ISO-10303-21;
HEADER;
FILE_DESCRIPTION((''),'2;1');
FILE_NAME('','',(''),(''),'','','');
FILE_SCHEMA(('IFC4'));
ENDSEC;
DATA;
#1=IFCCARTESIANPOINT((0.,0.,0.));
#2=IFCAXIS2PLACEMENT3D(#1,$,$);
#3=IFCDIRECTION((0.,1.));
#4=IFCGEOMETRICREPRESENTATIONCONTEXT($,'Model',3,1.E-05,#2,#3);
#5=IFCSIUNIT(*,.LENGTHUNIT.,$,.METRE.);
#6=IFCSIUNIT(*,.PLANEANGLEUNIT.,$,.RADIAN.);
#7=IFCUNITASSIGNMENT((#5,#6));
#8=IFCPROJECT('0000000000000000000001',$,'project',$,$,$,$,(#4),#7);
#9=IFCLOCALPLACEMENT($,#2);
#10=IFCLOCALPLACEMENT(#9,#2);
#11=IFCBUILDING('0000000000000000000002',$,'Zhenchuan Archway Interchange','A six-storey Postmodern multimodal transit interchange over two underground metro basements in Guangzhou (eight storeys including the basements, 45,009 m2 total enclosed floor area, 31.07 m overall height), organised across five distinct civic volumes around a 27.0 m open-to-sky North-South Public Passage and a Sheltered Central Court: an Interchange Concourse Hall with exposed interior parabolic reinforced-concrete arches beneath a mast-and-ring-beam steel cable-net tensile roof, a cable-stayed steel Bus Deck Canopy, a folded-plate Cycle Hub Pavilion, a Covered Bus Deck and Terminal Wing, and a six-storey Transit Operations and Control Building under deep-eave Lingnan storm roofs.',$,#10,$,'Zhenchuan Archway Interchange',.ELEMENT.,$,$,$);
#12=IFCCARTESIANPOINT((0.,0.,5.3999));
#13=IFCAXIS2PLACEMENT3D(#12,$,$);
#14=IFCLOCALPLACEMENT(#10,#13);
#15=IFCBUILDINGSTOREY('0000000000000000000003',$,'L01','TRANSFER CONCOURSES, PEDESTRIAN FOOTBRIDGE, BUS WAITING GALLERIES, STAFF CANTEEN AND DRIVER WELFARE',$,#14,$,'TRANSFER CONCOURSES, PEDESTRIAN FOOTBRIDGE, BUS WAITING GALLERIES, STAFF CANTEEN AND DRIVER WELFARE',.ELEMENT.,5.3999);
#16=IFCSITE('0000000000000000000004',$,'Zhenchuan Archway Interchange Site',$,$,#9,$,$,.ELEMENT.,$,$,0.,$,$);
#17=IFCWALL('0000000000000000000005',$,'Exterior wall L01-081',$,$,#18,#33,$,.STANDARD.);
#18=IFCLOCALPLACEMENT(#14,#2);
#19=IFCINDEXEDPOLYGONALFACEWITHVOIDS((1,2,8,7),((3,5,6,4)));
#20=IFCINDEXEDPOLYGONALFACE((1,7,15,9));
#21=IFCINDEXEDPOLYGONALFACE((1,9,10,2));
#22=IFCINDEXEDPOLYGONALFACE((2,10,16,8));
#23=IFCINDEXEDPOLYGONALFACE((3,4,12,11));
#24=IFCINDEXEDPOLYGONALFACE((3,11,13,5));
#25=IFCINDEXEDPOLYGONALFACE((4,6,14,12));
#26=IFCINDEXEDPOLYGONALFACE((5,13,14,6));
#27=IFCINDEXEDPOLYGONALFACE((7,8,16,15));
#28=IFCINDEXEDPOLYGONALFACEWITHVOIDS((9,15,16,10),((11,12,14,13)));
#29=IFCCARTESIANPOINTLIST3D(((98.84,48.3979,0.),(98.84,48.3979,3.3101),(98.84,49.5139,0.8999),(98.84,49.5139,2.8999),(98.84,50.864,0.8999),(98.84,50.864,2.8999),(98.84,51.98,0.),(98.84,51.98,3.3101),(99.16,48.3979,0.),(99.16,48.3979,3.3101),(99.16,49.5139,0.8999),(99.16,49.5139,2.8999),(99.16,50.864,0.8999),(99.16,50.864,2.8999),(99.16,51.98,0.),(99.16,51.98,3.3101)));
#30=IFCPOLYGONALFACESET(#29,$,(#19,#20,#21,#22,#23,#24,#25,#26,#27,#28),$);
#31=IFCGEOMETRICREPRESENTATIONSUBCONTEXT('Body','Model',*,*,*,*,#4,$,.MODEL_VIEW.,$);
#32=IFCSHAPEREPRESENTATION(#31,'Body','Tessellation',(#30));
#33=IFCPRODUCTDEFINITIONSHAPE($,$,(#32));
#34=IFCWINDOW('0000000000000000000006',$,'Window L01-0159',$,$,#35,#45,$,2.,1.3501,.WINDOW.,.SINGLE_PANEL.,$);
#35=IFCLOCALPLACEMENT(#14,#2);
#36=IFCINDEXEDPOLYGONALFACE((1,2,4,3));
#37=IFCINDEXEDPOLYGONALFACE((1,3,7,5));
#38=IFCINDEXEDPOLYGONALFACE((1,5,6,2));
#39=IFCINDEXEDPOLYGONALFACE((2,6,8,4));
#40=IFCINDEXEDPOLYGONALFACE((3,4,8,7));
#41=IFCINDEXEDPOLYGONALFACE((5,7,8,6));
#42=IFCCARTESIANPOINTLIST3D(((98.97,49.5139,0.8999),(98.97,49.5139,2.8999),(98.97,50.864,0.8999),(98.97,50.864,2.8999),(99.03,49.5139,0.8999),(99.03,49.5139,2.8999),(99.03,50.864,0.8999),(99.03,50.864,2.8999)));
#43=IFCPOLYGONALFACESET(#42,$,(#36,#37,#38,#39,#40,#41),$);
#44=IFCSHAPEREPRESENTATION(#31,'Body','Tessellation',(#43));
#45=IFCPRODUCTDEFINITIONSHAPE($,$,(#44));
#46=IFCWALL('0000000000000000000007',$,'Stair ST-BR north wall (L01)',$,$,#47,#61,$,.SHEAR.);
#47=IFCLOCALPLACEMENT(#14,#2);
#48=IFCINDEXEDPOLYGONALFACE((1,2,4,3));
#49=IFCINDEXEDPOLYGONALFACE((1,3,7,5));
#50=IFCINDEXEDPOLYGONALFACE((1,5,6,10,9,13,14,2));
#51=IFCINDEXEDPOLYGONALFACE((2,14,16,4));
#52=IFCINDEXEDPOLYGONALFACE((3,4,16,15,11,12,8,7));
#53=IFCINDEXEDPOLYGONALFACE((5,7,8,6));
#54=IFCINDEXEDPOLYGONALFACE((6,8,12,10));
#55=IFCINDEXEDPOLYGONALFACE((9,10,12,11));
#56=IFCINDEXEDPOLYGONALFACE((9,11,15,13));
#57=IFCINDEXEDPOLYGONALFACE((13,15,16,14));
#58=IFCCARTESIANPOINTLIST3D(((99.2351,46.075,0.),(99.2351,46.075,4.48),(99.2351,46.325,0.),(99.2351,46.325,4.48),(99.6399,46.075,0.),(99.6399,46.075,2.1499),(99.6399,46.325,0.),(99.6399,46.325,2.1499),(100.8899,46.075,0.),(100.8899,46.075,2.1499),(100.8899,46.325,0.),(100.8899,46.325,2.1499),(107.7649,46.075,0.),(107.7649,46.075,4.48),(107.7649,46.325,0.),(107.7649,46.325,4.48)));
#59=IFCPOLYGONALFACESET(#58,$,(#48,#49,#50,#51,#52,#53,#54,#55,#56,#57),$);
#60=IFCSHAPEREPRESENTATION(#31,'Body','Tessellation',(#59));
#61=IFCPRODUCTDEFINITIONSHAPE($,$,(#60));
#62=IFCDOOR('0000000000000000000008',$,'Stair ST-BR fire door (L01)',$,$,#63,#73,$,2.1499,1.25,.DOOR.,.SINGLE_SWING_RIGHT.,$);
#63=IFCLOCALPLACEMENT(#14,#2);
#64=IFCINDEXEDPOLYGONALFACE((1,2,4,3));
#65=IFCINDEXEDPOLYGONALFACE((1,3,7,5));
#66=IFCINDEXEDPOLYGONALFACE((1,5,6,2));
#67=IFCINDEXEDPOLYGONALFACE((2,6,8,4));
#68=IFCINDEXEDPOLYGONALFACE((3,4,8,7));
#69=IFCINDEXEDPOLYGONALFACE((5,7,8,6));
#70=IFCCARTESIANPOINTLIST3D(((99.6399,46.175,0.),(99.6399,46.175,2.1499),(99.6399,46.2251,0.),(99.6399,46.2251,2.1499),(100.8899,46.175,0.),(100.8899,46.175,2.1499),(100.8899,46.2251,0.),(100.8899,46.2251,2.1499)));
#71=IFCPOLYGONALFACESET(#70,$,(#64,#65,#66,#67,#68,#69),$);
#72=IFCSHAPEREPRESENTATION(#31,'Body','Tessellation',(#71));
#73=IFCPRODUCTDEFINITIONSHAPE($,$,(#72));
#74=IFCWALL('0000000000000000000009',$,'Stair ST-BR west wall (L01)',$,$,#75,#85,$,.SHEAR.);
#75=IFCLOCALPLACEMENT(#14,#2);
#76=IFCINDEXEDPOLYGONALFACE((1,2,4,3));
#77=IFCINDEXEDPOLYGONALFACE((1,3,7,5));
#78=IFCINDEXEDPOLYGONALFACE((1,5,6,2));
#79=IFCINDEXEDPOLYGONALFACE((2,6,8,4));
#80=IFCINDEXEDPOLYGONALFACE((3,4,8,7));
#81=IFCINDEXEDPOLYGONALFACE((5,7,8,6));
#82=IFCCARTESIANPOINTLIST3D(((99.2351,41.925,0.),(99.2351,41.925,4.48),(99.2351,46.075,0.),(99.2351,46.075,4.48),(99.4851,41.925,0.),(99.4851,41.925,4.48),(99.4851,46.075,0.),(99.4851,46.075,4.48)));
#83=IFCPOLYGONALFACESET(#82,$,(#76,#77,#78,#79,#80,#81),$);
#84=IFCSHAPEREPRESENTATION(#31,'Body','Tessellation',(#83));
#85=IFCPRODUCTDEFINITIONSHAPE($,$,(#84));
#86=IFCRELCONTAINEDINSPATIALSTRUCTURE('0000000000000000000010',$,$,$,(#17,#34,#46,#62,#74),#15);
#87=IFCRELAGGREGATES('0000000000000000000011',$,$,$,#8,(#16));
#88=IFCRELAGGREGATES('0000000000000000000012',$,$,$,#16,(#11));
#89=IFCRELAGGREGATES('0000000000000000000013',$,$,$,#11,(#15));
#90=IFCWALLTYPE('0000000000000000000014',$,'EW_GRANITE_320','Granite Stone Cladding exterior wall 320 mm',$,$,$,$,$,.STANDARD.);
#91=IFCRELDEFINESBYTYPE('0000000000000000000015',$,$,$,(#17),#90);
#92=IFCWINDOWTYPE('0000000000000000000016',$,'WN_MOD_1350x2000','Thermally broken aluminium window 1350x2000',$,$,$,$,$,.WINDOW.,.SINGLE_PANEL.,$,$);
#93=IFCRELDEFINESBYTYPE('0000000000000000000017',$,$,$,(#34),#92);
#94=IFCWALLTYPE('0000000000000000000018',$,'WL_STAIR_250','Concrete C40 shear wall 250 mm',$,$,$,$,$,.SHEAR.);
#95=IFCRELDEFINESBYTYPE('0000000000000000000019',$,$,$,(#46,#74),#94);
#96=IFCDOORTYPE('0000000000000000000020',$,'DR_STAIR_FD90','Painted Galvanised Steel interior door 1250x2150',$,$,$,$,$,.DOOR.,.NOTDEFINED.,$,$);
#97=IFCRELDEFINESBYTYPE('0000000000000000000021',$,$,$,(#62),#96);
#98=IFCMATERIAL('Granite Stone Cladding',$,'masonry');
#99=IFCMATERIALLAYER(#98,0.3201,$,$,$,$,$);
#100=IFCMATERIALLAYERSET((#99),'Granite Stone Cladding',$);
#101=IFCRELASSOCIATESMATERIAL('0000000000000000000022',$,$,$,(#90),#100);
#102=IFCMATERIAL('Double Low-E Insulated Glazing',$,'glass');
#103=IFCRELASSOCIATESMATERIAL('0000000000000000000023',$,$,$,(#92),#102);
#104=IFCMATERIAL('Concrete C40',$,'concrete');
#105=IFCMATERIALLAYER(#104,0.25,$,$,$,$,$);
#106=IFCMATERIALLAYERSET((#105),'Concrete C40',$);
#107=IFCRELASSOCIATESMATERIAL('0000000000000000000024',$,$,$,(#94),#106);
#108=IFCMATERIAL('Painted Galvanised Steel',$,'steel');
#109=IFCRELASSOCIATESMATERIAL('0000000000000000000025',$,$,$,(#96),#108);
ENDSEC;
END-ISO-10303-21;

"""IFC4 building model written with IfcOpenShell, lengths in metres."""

from ifc_helpers import new_model, si_unit, direction, frame, frame_2d, origin, place, context, subcontext, project, spatial, rectangle, extrude, material, layer, layer_set, type_object, element, fill, save


model = new_model("IFC4")

# Units and contexts
model_context = context("Model", 3, precision=1e-05, world=origin(), true_north=direction((0.0, 1.0)))
body_context = subcontext(model_context, "Body", "Model", "MODEL_VIEW")
ifc_project = project(units=[si_unit("LENGTHUNIT", "METRE"), si_unit("PLANEANGLEUNIT", "RADIAN")], contexts=[model_context])

# Site, building, storey
site_placement = place(None, origin())
site = spatial("IfcSite", under=ifc_project, at=site_placement, Name="Zhenchuan Archway Interchange Site", CompositionType="ELEMENT", RefElevation=0.0)
building_placement = place(site_placement, origin())
building = spatial("IfcBuilding", under=site, at=building_placement, Name="Zhenchuan Archway Interchange", Description="A six-storey Postmodern multimodal transit interchange over two underground metro basements in Guangzhou (eight storeys including the basements, 45,009 m2 total enclosed floor area, 31.07 m overall height), organised across five distinct civic volumes around a 27.0 m open-to-sky North-South Public Passage and a Sheltered Central Court: an Interchange Concourse Hall with exposed interior parabolic reinforced-concrete arches beneath a mast-and-ring-beam steel cable-net tensile roof, a cable-stayed steel Bus Deck Canopy, a folded-plate Cycle Hub Pavilion, a Covered Bus Deck and Terminal Wing, and a six-storey Transit Operations and Control Building under deep-eave Lingnan storm roofs.", LongName="Zhenchuan Archway Interchange", CompositionType="ELEMENT")
storey_placement = place(building_placement, frame((0.0, 0.0, 5.3999)))
storey = spatial("IfcBuildingStorey", under=building, at=storey_placement, Name="L01", Description="TRANSFER CONCOURSES, PEDESTRIAN FOOTBRIDGE, BUS WAITING GALLERIES, STAFF CANTEEN AND DRIVER WELFARE", LongName="TRANSFER CONCOURSES, PEDESTRIAN FOOTBRIDGE, BUS WAITING GALLERIES, STAFF CANTEEN AND DRIVER WELFARE", CompositionType="ELEMENT", Elevation=5.3999)

# Shared definitions
ifc_material_1 = material(Name="Concrete C40", Category="concrete")

# Shared definitions
ifc_material_2 = material(Name="Double Low-E Insulated Glazing", Category="glass")

# Wall, opening, window
ifc_material_3 = material(Name="Granite Stone Cladding", Category="masonry")
ifc_layer_1 = layer(ifc_material_3, 0.3201)
ifc_layer_set_1 = layer_set([ifc_layer_1], Name="Granite Stone Cladding")
wall_type_1 = type_object("IfcWallType", Name="EW_GRANITE_320", Description="Granite Stone Cladding exterior wall 320 mm", PredefinedType="STANDARD", material=ifc_layer_set_1)
wall_1_placement = place(storey_placement, frame((99.0, 48.3979, 0.0), z_axis=(0.0, 0.0, 1.0), x_axis=(0.0, 1.0, 0.0)))
wall_1 = element("IfcWall", 1, at=wall_1_placement, inside=storey, type_object=wall_type_1, Name="Exterior wall L01-081", PredefinedType="STANDARD", context=body_context, shape_type="SweptSolid", body=[
    extrude(rectangle(XDim=3.582, YDim=0.3201, at=frame_2d((1.791, 0.0))), origin(), (0.0, 0.0, 1.0), 3.3101),
])
opening_1_placement = place(wall_1_placement, frame((1.116, 0.0, 0.8999)))
opening_1 = element("IfcOpeningElement", 2, at=opening_1_placement, cuts=wall_1, PredefinedType="OPENING", context=body_context, shape_type="SweptSolid", body=[
    extrude(rectangle(XDim=1.3501, YDim=2.0, at=frame_2d((0.675, 1.0))), frame((0.0, 0.1719, 0.0), z_axis=(0.0, -1.0, 0.0), x_axis=(1.0, 0.0, 0.0)), (0.0, 0.0, 1.0), 0.344),
])
window_type = type_object("IfcWindowType", Name="WN_MOD_1350x2000", Description="Thermally broken aluminium window 1350x2000", PartitioningType="SINGLE_PANEL", PredefinedType="WINDOW", material=ifc_material_2)
window_placement = place(opening_1_placement, origin())
window = element("IfcWindow", 3, at=window_placement, inside=storey, type_object=window_type, Name="Window L01-0159", OverallHeight=2.0, OverallWidth=1.3501, PartitioningType="SINGLE_PANEL", PredefinedType="WINDOW", context=body_context, shape_type="SweptSolid", body=[
    extrude(rectangle(XDim=1.3501, YDim=2.0, at=frame_2d((0.675, 1.0))), frame((0.0, 0.03, 0.0), z_axis=(0.0, -1.0, 0.0), x_axis=(1.0, 0.0, 0.0)), (0.0, 0.0, 1.0), 0.0601),
])
fill(opening_1, window)

# Wall, opening, door
ifc_layer_2 = layer(ifc_material_1, 0.25)
ifc_layer_set_2 = layer_set([ifc_layer_2], Name="Concrete C40")
wall_type_2 = type_object("IfcWallType", Name="WL_STAIR_250", Description="Concrete C40 shear wall 250 mm", PredefinedType="SHEAR", material=ifc_layer_set_2)
wall_2_placement = place(storey_placement, frame((107.7649, 46.2, 0.0), z_axis=(0.0, 0.0, 1.0), x_axis=(-1.0, 0.0, 0.0)))
wall_2 = element("IfcWall", 4, at=wall_2_placement, inside=storey, type_object=wall_type_2, Name="Stair ST-BR north wall (L01)", PredefinedType="SHEAR", context=body_context, shape_type="SweptSolid", body=[
    extrude(rectangle(XDim=8.5298, YDim=0.25, at=frame_2d((4.2649, 0.0))), origin(), (0.0, 0.0, 1.0), 4.48),
])
opening_2_placement = place(wall_2_placement, frame((6.875, 0.0, 0.0)))
opening_2 = element("IfcOpeningElement", 5, at=opening_2_placement, cuts=wall_2, PredefinedType="OPENING", context=body_context, shape_type="SweptSolid", body=[
    extrude(rectangle(XDim=1.25, YDim=2.1499, at=frame_2d((0.625, 1.075))), frame((0.0, 0.137, 0.0), z_axis=(0.0, -1.0, 0.0), x_axis=(1.0, 0.0, 0.0)), (0.0, 0.0, 1.0), 0.2739),
])
ifc_material_4 = material(Name="Painted Galvanised Steel", Category="steel")
door_type = type_object("IfcDoorType", Name="DR_STAIR_FD90", Description="Painted Galvanised Steel interior door 1250x2150", OperationType="NOTDEFINED", PredefinedType="DOOR", material=ifc_material_4)
door_placement = place(opening_2_placement, origin())
door = element("IfcDoor", 6, at=door_placement, inside=storey, type_object=door_type, Name="Stair ST-BR fire door (L01)", OperationType="SINGLE_SWING_RIGHT", OverallHeight=2.1499, OverallWidth=1.25, PredefinedType="DOOR", context=body_context, shape_type="SweptSolid", body=[
    extrude(rectangle(XDim=1.25, YDim=2.1499, at=frame_2d((0.625, 1.075))), frame((0.0, 0.0249, 0.0), z_axis=(0.0, -1.0, 0.0), x_axis=(1.0, 0.0, 0.0)), (0.0, 0.0, 1.0), 0.05),
])
fill(opening_2, door)

# Wall
wall_3_placement = place(storey_placement, frame((99.3601, 46.075, 0.0), z_axis=(0.0, 0.0, 1.0), x_axis=(0.0, -1.0, 0.0)))
element("IfcWall", 7, at=wall_3_placement, inside=storey, type_object=wall_type_2, Name="Stair ST-BR west wall (L01)", PredefinedType="SHEAR", context=body_context, shape_type="SweptSolid", body=[
    extrude(rectangle(XDim=4.1499, YDim=0.25, at=frame_2d((2.075, 0.0))), origin(), (0.0, 0.0, 1.0), 4.48),
])

save(model, "model.ifc")
